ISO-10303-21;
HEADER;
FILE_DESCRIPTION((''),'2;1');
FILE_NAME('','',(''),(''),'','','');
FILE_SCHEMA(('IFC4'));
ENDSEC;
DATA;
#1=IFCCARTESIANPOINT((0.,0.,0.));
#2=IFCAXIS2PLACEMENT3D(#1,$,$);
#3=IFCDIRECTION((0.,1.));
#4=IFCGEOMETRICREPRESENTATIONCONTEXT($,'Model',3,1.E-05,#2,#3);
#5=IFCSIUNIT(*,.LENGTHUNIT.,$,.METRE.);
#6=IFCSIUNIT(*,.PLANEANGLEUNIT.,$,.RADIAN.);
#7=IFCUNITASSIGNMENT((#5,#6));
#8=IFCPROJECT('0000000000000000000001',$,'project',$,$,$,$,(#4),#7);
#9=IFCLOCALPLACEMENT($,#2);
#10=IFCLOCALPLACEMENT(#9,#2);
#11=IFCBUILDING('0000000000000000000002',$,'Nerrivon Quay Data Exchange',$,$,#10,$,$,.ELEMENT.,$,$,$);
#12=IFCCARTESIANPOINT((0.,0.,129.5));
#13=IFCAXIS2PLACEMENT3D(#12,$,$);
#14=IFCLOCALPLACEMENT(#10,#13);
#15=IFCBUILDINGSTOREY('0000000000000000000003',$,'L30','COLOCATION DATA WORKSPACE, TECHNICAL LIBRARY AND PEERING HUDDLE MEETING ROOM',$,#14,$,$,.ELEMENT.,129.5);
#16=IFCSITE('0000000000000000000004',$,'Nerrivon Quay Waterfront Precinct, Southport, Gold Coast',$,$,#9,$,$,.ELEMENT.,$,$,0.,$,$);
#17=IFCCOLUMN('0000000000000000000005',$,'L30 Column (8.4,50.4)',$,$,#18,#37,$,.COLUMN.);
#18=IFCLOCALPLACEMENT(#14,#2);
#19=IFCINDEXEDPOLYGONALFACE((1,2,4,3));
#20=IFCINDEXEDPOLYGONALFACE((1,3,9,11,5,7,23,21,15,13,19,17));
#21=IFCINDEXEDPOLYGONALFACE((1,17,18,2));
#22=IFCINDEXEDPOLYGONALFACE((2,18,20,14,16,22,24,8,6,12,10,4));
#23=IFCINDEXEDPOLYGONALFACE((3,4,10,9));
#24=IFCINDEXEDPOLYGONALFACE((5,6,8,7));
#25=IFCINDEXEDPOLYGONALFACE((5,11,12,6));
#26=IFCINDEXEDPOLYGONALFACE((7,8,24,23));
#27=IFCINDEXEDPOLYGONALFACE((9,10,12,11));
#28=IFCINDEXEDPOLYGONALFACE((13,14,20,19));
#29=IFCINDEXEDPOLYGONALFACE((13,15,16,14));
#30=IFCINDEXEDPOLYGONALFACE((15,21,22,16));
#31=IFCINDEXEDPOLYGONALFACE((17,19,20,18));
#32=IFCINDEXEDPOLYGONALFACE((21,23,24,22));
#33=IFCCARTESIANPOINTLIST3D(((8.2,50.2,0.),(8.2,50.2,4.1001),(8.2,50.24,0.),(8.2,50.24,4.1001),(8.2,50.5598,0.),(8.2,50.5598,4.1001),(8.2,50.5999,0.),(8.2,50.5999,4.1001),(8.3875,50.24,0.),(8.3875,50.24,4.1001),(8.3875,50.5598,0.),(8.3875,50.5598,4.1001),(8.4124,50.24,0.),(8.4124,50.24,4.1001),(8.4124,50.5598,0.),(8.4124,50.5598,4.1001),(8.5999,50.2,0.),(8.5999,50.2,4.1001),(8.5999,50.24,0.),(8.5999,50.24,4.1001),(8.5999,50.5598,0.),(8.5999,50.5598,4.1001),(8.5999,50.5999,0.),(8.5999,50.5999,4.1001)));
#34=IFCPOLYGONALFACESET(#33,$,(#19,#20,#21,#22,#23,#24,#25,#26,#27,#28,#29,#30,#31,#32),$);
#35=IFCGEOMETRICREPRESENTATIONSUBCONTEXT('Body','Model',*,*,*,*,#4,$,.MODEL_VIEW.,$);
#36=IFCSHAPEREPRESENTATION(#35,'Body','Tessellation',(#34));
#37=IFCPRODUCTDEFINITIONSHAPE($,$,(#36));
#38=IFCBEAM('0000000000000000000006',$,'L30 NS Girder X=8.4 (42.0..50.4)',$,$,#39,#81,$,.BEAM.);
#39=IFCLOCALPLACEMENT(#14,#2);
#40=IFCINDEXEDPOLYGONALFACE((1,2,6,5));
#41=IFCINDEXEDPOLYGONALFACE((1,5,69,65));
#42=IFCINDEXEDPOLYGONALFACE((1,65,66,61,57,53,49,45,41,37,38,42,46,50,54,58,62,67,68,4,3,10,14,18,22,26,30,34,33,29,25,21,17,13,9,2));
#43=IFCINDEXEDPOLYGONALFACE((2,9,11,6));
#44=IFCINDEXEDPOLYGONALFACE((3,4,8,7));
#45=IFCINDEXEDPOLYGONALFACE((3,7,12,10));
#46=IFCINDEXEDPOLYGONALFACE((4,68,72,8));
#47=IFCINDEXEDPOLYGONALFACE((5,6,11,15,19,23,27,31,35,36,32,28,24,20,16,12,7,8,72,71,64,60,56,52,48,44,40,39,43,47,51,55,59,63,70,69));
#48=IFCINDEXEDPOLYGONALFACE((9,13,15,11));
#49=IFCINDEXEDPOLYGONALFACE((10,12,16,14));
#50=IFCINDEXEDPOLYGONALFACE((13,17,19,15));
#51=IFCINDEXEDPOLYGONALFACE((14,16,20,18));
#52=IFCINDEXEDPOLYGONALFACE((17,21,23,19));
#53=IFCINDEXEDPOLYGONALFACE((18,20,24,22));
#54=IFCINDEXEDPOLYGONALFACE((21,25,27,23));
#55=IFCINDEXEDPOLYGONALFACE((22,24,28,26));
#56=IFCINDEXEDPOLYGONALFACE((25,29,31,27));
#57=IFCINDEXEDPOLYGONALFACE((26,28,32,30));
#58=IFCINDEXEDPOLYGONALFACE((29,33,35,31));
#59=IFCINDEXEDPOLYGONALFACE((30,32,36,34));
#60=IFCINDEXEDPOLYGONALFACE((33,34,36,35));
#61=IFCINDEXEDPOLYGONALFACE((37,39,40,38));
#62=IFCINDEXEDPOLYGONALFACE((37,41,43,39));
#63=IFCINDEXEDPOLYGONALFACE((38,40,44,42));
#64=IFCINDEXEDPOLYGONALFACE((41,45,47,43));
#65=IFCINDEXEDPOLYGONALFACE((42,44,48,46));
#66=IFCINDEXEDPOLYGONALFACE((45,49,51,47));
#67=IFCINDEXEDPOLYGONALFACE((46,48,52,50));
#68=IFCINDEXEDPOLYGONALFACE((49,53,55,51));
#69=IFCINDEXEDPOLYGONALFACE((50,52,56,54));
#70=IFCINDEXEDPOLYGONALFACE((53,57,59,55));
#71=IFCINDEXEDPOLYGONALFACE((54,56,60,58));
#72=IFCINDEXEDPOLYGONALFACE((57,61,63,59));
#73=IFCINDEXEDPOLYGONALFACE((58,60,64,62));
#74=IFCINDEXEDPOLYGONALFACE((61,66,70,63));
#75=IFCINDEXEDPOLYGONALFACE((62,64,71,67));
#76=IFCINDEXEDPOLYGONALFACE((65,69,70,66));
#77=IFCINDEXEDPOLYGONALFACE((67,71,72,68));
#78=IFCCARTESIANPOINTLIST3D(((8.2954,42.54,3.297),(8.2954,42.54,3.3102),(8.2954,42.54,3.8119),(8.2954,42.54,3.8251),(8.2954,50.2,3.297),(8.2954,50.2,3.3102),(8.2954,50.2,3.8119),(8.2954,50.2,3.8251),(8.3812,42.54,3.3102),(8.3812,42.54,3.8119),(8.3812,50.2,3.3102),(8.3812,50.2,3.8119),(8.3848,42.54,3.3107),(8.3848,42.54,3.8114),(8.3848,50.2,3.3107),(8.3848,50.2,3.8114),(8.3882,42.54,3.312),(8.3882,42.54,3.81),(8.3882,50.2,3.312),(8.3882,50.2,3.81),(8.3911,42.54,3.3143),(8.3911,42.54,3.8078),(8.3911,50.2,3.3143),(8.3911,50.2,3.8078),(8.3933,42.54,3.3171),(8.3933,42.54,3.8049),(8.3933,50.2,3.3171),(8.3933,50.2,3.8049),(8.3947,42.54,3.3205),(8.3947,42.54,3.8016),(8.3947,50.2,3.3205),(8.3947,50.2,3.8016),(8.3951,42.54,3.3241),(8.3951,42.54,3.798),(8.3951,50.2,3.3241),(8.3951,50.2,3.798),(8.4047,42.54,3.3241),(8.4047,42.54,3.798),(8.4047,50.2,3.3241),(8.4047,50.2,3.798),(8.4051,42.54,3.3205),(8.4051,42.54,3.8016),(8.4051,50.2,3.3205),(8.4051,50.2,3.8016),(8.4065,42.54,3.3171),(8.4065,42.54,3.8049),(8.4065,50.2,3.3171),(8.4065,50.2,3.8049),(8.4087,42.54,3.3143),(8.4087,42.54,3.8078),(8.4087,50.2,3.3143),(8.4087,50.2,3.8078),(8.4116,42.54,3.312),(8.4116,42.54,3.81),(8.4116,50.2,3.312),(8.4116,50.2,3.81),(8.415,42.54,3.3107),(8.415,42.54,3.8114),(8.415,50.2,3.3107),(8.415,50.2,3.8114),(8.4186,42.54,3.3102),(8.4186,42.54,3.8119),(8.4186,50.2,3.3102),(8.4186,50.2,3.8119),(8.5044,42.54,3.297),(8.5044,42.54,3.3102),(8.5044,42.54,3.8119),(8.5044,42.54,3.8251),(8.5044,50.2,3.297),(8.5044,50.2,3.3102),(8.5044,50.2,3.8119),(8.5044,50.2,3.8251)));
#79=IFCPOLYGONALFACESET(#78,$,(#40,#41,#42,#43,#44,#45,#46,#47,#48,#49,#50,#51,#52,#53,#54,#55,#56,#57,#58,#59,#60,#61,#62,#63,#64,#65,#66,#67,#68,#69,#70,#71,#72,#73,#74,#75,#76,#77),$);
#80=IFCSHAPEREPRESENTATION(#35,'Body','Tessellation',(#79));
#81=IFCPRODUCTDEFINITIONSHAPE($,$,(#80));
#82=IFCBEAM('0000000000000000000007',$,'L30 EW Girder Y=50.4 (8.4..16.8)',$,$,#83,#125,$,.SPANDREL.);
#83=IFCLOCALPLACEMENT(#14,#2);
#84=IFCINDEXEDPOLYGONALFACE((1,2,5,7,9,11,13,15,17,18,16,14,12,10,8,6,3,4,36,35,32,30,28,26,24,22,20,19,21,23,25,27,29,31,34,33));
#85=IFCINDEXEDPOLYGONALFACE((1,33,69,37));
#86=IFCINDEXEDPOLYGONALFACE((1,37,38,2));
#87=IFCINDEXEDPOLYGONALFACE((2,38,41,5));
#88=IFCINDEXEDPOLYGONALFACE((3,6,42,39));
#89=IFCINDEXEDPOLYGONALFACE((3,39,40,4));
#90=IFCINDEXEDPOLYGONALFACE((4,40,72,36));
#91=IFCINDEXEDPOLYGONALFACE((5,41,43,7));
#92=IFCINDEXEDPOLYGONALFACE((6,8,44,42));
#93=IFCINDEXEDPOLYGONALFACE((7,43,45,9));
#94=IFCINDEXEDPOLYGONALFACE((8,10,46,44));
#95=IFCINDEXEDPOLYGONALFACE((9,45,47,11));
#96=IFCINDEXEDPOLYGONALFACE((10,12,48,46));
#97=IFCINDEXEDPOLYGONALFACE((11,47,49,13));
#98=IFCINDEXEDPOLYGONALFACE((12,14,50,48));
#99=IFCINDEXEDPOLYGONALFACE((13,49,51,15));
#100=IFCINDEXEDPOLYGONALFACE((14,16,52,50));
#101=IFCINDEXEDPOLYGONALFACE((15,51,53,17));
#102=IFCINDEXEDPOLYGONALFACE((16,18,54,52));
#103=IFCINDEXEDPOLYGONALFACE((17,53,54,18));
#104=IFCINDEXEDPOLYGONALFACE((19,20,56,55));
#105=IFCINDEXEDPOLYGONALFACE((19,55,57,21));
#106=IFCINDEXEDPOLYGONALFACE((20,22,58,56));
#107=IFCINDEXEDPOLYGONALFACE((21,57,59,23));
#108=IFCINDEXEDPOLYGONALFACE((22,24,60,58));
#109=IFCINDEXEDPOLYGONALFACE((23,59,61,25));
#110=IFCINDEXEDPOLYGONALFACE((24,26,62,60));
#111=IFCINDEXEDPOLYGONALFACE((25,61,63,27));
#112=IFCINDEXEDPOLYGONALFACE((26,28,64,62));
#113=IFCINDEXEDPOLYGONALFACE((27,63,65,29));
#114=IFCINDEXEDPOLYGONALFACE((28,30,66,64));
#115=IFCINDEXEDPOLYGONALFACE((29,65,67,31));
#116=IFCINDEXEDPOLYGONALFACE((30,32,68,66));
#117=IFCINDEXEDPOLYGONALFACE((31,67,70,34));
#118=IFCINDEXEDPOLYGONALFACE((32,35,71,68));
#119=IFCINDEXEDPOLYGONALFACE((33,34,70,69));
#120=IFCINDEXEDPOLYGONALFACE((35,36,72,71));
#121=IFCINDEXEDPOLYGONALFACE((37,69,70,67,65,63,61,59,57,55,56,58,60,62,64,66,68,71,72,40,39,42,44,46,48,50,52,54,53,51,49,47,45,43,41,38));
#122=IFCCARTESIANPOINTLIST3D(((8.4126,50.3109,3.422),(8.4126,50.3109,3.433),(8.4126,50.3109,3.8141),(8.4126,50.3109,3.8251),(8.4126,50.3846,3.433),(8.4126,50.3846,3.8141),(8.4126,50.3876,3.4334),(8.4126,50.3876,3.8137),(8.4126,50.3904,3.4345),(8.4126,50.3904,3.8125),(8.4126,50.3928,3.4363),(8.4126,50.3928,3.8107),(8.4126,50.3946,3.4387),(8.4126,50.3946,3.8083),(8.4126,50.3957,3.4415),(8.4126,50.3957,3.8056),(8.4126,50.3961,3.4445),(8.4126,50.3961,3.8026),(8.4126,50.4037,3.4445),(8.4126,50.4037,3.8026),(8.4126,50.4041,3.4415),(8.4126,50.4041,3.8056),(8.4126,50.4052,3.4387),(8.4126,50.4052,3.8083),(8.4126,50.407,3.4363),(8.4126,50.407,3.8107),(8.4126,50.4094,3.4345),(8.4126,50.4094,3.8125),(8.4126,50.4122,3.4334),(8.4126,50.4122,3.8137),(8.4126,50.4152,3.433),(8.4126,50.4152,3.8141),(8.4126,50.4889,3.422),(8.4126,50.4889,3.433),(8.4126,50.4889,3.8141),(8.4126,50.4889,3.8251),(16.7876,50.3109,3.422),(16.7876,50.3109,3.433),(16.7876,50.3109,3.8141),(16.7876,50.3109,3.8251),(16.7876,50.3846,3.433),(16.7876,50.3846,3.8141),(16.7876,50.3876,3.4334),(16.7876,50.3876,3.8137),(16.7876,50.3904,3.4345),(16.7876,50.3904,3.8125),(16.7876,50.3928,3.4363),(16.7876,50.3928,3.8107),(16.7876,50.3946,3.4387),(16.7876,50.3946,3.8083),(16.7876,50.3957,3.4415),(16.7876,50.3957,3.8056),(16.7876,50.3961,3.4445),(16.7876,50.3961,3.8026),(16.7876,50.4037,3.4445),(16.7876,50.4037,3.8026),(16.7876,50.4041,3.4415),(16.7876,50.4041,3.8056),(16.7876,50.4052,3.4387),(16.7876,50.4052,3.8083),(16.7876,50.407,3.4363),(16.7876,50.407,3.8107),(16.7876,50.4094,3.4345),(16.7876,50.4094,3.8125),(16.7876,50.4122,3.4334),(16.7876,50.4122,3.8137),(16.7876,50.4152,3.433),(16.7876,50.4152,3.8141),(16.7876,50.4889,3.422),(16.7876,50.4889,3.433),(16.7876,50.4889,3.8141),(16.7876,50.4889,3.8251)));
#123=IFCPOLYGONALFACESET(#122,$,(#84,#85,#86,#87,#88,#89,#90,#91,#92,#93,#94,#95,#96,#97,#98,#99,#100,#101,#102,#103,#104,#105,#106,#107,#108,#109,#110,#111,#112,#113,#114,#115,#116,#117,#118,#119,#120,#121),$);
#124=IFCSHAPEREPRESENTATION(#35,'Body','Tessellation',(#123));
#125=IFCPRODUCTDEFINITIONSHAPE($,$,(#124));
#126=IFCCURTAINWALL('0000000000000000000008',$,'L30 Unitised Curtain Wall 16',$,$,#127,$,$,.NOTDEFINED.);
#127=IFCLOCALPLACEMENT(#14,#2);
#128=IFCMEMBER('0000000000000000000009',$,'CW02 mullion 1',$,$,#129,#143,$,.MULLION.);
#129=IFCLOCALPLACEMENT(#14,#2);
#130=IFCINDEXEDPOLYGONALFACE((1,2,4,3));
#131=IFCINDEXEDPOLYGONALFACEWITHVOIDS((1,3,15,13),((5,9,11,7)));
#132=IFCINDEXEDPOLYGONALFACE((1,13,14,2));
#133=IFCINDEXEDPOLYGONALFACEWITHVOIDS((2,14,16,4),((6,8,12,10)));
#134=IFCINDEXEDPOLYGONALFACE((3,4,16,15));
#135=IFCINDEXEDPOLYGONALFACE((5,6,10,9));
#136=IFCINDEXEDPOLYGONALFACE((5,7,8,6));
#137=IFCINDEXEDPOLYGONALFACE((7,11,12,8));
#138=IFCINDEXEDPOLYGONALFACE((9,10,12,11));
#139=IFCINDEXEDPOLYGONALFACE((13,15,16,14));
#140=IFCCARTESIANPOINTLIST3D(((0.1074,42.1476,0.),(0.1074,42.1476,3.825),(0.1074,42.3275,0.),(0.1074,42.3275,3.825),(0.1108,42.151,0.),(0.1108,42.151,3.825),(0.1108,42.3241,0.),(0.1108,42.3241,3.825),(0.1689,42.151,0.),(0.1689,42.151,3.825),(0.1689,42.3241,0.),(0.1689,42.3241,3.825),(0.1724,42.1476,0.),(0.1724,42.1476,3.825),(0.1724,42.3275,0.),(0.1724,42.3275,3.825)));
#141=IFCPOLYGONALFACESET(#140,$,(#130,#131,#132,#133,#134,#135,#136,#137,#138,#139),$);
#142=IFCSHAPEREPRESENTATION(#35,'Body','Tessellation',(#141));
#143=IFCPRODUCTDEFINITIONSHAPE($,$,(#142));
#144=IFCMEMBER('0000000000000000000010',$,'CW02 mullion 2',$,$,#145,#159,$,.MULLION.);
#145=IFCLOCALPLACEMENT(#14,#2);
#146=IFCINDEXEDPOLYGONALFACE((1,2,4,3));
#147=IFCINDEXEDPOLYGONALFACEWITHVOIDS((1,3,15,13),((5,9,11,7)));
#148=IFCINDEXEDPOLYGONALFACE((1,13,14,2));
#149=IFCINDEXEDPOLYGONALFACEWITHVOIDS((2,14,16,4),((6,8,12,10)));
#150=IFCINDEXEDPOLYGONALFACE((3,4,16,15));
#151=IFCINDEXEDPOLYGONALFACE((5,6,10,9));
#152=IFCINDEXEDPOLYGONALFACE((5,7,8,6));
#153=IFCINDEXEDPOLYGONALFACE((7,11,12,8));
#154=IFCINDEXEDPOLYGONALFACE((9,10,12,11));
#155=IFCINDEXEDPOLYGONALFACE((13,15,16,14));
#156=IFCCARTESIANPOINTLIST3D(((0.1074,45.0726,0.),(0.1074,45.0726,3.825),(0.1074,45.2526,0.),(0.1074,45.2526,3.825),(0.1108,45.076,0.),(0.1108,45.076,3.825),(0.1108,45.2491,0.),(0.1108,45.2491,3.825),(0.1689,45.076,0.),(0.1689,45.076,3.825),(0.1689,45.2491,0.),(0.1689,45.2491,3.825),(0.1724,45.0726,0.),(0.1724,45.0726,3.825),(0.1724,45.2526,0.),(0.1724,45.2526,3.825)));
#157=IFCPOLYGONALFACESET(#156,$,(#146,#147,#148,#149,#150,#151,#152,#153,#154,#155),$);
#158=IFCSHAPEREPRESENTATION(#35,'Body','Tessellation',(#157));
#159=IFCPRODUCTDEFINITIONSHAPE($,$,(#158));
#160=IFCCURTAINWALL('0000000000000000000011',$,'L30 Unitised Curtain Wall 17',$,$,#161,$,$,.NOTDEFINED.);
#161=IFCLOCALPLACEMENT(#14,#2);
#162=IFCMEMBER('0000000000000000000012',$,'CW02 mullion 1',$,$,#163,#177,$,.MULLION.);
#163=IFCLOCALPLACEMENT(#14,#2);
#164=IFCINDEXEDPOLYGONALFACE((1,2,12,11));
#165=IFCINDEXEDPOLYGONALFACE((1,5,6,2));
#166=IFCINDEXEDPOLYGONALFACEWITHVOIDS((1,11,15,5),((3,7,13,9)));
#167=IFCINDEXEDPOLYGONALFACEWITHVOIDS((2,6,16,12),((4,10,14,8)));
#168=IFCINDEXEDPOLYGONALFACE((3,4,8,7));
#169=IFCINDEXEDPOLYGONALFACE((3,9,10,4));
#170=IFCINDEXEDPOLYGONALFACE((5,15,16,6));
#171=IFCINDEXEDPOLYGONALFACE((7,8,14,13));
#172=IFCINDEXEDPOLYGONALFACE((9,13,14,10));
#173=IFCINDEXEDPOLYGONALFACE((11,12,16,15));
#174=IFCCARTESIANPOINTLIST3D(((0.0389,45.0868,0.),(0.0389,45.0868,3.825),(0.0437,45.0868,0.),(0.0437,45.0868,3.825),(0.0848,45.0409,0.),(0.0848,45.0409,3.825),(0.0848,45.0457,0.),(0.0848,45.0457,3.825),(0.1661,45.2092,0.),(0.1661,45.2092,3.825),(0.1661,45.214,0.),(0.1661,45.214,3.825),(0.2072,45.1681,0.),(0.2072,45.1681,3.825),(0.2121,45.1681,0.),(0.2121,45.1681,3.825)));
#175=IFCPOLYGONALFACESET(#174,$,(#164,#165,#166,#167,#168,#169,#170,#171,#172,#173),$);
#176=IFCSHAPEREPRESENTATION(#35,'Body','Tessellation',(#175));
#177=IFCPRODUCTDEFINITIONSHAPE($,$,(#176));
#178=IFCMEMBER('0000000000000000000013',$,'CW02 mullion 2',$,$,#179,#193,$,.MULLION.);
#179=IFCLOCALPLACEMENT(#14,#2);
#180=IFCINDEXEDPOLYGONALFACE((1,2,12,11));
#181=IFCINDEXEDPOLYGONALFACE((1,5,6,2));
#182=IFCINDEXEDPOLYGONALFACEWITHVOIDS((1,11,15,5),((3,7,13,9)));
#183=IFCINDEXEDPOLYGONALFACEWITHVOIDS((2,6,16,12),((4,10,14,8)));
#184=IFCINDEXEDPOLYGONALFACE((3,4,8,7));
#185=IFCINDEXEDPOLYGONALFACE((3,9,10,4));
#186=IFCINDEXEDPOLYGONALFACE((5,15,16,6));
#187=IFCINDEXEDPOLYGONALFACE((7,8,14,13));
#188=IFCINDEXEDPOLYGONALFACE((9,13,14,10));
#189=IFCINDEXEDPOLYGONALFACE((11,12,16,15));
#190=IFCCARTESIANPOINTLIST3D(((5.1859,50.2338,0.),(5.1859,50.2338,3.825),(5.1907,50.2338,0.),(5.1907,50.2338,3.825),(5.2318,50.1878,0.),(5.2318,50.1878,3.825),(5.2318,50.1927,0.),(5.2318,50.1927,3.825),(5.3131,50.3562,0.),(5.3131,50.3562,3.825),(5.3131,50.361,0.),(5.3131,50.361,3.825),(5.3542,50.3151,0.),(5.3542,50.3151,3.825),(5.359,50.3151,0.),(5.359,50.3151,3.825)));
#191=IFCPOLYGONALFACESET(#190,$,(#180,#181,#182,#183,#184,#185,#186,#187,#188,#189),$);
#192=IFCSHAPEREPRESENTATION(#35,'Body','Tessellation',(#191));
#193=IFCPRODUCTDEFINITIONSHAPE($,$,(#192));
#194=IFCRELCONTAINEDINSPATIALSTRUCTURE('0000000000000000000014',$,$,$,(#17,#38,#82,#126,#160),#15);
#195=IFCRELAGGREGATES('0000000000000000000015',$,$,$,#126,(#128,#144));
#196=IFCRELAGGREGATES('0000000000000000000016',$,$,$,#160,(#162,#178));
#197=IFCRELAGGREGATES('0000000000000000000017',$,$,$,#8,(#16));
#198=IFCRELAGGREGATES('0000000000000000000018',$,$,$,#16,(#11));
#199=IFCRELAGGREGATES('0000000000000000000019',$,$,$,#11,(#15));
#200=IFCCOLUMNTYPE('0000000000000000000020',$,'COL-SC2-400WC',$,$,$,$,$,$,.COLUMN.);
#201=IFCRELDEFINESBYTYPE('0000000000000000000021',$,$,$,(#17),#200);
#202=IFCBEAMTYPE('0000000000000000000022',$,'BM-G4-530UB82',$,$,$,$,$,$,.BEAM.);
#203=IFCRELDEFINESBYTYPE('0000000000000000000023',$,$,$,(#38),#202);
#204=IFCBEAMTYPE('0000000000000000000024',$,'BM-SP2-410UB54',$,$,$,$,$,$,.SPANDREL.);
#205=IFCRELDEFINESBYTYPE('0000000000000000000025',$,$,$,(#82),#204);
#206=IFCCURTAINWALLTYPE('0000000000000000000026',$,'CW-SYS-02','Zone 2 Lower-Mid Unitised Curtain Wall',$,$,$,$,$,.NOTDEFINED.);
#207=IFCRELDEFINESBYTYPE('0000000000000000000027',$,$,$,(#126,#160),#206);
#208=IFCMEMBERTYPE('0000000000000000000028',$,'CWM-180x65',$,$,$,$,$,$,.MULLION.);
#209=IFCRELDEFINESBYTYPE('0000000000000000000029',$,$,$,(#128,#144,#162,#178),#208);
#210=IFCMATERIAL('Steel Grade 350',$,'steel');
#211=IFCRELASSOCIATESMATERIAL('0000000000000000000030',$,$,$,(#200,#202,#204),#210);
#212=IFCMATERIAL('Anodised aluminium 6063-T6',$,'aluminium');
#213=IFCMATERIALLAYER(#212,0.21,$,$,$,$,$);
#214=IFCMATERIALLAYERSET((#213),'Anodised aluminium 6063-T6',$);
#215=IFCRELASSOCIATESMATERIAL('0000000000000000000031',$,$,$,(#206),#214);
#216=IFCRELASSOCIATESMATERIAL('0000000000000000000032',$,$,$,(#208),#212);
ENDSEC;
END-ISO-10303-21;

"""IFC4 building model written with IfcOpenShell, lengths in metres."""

from ifc_helpers import new_model, si_unit, direction, frame, origin, origin_2d, place, context, subcontext, project, spatial, hollow_rectangle, i_section, extrude, material, layer, layer_set, material_profile, profile_set, type_object, element, aggregate, save


model = new_model("IFC4")

# Units and contexts
model_context = context("Model", 3, precision=1e-05, world=origin(), true_north=direction((0.0, 1.0)))
body_context = subcontext(model_context, "Body", "Model", "MODEL_VIEW")
ifc_project = project(units=[si_unit("LENGTHUNIT", "METRE"), si_unit("PLANEANGLEUNIT", "RADIAN")], contexts=[model_context])

# Site, building, storey
site_placement = place(None, origin())
site = spatial("IfcSite", under=ifc_project, at=site_placement, Name="Nerrivon Quay Waterfront Precinct, Southport, Gold Coast", CompositionType="ELEMENT", RefElevation=0.0)
building_placement = place(site_placement, origin())
building = spatial("IfcBuilding", under=site, at=building_placement, Name="Nerrivon Quay Data Exchange", CompositionType="ELEMENT")
storey_placement = place(building_placement, frame((0.0, 0.0, 129.5)))
storey = spatial("IfcBuildingStorey", under=building, at=storey_placement, Name="L30", Description="COLOCATION DATA WORKSPACE, TECHNICAL LIBRARY AND PEERING HUDDLE MEETING ROOM", CompositionType="ELEMENT", Elevation=129.5)

# Column
ifc_material_1 = material(Name="Steel Grade 350", Category="steel")
ifc_material_profile_1 = material_profile(ifc_material_1, i_section(OverallWidth=0.3999, OverallDepth=0.3999, WebThickness=0.0249, FlangeThickness=0.04, at=origin_2d()), Name="400WC328")
ifc_profile_set_1 = profile_set([ifc_material_profile_1], Name="Steel Grade 350")
column_type = type_object("IfcColumnType", Name="COL-SC2-400WC", PredefinedType="COLUMN", material=ifc_profile_set_1)
column_placement = place(storey_placement, frame((8.3999, 50.3999, 0.0), z_axis=(0.0, 0.0, 1.0), x_axis=(1.0, 0.0, 0.0)))
element("IfcColumn", 1, at=column_placement, inside=storey, type_object=column_type, Name="L30 Column (8.4,50.4)", PredefinedType="COLUMN", context=body_context, shape_type="SweptSolid", body=[
    extrude(i_section(OverallWidth=0.3999, OverallDepth=0.3999, WebThickness=0.0249, FlangeThickness=0.04, at=origin_2d()), origin(), (0.0, 0.0, 1.0), 4.1001),
])

# Beams
ifc_material_profile_2 = material_profile(ifc_material_1, i_section(OverallWidth=0.209, OverallDepth=0.5281, WebThickness=0.0095, FlangeThickness=0.0132, FilletRadius=0.0139, at=origin_2d()), Name="530UB82.0")
ifc_profile_set_2 = profile_set([ifc_material_profile_2], Name="Steel Grade 350")
beam_type_1 = type_object("IfcBeamType", Name="BM-G4-530UB82", PredefinedType="BEAM", material=ifc_profile_set_2)
beam_1_placement = place(storey_placement, frame((8.3999, 42.54, 3.561), z_axis=(0.0, 1.0, 0.0), x_axis=(-1.0, 0.0, 0.0)))
element("IfcBeam", 2, at=beam_1_placement, inside=storey, type_object=beam_type_1, Name="L30 NS Girder X=8.4 (42.0..50.4)", PredefinedType="BEAM", context=body_context, shape_type="SweptSolid", body=[
    extrude(i_section(OverallWidth=0.209, OverallDepth=0.5281, WebThickness=0.0095, FlangeThickness=0.0132, FilletRadius=0.0139, at=origin_2d()), origin(), (0.0, 0.0, 1.0), 7.6599),
])
ifc_material_profile_3 = material_profile(ifc_material_1, i_section(OverallWidth=0.178, OverallDepth=0.4031, WebThickness=0.0076, FlangeThickness=0.011, FilletRadius=0.0115, at=origin_2d()), Name="410UB53.7")
ifc_profile_set_3 = profile_set([ifc_material_profile_3], Name="Steel Grade 350")
beam_type_2 = type_object("IfcBeamType", Name="BM-SP2-410UB54", PredefinedType="SPANDREL", material=ifc_profile_set_3)
beam_2_placement = place(storey_placement, frame((8.4126, 50.3999, 3.6235), z_axis=(1.0, 0.0, 0.0), x_axis=(0.0, 1.0, 0.0)))
element("IfcBeam", 3, at=beam_2_placement, inside=storey, type_object=beam_type_2, Name="L30 EW Girder Y=50.4 (8.4..16.8)", PredefinedType="SPANDREL", context=body_context, shape_type="SweptSolid", body=[
    extrude(i_section(OverallWidth=0.178, OverallDepth=0.4031, WebThickness=0.0076, FlangeThickness=0.011, FilletRadius=0.0115, at=origin_2d()), origin(), (0.0, 0.0, 1.0), 8.375),
])

# Curtain walls, members
ifc_material_2 = material(Name="Anodised aluminium 6063-T6", Category="aluminium")
ifc_layer_1 = layer(ifc_material_2, 0.21)
ifc_layer_set_1 = layer_set([ifc_layer_1], Name="Anodised aluminium 6063-T6")
curtain_wall_type = type_object("IfcCurtainWallType", Name="CW-SYS-02", Description="Zone 2 Lower-Mid Unitised Curtain Wall", PredefinedType="NOTDEFINED", material=ifc_layer_set_1)
curtain_wall_1_placement = place(storey_placement, origin())
curtain_wall_1 = element("IfcCurtainWall", 4, at=curtain_wall_1_placement, inside=storey, type_object=curtain_wall_type, Name="L30 Unitised Curtain Wall 16", PredefinedType="NOTDEFINED")
ifc_material_profile_4 = material_profile(ifc_material_2, hollow_rectangle(XDim=0.0649, YDim=0.1799, WallThickness=0.0034, at=origin_2d()), Name="ALU-MULL-180x65")
ifc_profile_set_4 = profile_set([ifc_material_profile_4], Name="Anodised aluminium 6063-T6")
member_type_1 = type_object("IfcMemberType", Name="CWM-180x65", PredefinedType="MULLION", material=ifc_profile_set_4)
member_1_placement = place(storey_placement, frame((0.1399, 42.2375, 0.0), z_axis=(0.0, 0.0, 1.0), x_axis=(-1.0, 0.0, 0.0)))
member_1 = element("IfcMember", 5, at=member_1_placement, type_object=member_type_1, Name="CW02 mullion 1", PredefinedType="MULLION", context=body_context, shape_type="SweptSolid", body=[
    extrude(hollow_rectangle(XDim=0.0649, YDim=0.1799, WallThickness=0.0034, at=origin_2d()), origin(), (0.0, 0.0, 1.0), 3.825),
])
member_2_placement = place(storey_placement, frame((0.1399, 45.1626, 0.0), z_axis=(0.0, 0.0, 1.0), x_axis=(-1.0, 0.0, 0.0)))
member_2 = element("IfcMember", 6, at=member_2_placement, type_object=member_type_1, Name="CW02 mullion 2", PredefinedType="MULLION", context=body_context, shape_type="SweptSolid", body=[
    extrude(hollow_rectangle(XDim=0.0649, YDim=0.1799, WallThickness=0.0034, at=origin_2d()), origin(), (0.0, 0.0, 1.0), 3.825),
])
curtain_wall_2_placement = place(storey_placement, origin())
curtain_wall_2 = element("IfcCurtainWall", 7, at=curtain_wall_2_placement, inside=storey, type_object=curtain_wall_type, Name="L30 Unitised Curtain Wall 17", PredefinedType="NOTDEFINED")
member_3_placement = place(storey_placement, frame((0.1255, 45.1274, 0.0), z_axis=(0.0, 0.0, 1.0), x_axis=(-0.707107, 0.707107, 0.0)))
member_3 = element("IfcMember", 8, at=member_3_placement, type_object=member_type_1, Name="CW02 mullion 1", PredefinedType="MULLION", context=body_context, shape_type="SweptSolid", body=[
    extrude(hollow_rectangle(XDim=0.0649, YDim=0.1799, WallThickness=0.0034, at=origin_2d()), origin(), (0.0, 0.0, 1.0), 3.825),
])
member_4_placement = place(storey_placement, frame((5.2725, 50.2744, 0.0), z_axis=(0.0, 0.0, 1.0), x_axis=(-0.707107, 0.707107, 0.0)))
member_4 = element("IfcMember", 9, at=member_4_placement, type_object=member_type_1, Name="CW02 mullion 2", PredefinedType="MULLION", context=body_context, shape_type="SweptSolid", body=[
    extrude(hollow_rectangle(XDim=0.0649, YDim=0.1799, WallThickness=0.0034, at=origin_2d()), origin(), (0.0, 0.0, 1.0), 3.825),
])

aggregate(curtain_wall_1, [member_1, member_2])
aggregate(curtain_wall_2, [member_3, member_4])

save(model, "model.ifc")
